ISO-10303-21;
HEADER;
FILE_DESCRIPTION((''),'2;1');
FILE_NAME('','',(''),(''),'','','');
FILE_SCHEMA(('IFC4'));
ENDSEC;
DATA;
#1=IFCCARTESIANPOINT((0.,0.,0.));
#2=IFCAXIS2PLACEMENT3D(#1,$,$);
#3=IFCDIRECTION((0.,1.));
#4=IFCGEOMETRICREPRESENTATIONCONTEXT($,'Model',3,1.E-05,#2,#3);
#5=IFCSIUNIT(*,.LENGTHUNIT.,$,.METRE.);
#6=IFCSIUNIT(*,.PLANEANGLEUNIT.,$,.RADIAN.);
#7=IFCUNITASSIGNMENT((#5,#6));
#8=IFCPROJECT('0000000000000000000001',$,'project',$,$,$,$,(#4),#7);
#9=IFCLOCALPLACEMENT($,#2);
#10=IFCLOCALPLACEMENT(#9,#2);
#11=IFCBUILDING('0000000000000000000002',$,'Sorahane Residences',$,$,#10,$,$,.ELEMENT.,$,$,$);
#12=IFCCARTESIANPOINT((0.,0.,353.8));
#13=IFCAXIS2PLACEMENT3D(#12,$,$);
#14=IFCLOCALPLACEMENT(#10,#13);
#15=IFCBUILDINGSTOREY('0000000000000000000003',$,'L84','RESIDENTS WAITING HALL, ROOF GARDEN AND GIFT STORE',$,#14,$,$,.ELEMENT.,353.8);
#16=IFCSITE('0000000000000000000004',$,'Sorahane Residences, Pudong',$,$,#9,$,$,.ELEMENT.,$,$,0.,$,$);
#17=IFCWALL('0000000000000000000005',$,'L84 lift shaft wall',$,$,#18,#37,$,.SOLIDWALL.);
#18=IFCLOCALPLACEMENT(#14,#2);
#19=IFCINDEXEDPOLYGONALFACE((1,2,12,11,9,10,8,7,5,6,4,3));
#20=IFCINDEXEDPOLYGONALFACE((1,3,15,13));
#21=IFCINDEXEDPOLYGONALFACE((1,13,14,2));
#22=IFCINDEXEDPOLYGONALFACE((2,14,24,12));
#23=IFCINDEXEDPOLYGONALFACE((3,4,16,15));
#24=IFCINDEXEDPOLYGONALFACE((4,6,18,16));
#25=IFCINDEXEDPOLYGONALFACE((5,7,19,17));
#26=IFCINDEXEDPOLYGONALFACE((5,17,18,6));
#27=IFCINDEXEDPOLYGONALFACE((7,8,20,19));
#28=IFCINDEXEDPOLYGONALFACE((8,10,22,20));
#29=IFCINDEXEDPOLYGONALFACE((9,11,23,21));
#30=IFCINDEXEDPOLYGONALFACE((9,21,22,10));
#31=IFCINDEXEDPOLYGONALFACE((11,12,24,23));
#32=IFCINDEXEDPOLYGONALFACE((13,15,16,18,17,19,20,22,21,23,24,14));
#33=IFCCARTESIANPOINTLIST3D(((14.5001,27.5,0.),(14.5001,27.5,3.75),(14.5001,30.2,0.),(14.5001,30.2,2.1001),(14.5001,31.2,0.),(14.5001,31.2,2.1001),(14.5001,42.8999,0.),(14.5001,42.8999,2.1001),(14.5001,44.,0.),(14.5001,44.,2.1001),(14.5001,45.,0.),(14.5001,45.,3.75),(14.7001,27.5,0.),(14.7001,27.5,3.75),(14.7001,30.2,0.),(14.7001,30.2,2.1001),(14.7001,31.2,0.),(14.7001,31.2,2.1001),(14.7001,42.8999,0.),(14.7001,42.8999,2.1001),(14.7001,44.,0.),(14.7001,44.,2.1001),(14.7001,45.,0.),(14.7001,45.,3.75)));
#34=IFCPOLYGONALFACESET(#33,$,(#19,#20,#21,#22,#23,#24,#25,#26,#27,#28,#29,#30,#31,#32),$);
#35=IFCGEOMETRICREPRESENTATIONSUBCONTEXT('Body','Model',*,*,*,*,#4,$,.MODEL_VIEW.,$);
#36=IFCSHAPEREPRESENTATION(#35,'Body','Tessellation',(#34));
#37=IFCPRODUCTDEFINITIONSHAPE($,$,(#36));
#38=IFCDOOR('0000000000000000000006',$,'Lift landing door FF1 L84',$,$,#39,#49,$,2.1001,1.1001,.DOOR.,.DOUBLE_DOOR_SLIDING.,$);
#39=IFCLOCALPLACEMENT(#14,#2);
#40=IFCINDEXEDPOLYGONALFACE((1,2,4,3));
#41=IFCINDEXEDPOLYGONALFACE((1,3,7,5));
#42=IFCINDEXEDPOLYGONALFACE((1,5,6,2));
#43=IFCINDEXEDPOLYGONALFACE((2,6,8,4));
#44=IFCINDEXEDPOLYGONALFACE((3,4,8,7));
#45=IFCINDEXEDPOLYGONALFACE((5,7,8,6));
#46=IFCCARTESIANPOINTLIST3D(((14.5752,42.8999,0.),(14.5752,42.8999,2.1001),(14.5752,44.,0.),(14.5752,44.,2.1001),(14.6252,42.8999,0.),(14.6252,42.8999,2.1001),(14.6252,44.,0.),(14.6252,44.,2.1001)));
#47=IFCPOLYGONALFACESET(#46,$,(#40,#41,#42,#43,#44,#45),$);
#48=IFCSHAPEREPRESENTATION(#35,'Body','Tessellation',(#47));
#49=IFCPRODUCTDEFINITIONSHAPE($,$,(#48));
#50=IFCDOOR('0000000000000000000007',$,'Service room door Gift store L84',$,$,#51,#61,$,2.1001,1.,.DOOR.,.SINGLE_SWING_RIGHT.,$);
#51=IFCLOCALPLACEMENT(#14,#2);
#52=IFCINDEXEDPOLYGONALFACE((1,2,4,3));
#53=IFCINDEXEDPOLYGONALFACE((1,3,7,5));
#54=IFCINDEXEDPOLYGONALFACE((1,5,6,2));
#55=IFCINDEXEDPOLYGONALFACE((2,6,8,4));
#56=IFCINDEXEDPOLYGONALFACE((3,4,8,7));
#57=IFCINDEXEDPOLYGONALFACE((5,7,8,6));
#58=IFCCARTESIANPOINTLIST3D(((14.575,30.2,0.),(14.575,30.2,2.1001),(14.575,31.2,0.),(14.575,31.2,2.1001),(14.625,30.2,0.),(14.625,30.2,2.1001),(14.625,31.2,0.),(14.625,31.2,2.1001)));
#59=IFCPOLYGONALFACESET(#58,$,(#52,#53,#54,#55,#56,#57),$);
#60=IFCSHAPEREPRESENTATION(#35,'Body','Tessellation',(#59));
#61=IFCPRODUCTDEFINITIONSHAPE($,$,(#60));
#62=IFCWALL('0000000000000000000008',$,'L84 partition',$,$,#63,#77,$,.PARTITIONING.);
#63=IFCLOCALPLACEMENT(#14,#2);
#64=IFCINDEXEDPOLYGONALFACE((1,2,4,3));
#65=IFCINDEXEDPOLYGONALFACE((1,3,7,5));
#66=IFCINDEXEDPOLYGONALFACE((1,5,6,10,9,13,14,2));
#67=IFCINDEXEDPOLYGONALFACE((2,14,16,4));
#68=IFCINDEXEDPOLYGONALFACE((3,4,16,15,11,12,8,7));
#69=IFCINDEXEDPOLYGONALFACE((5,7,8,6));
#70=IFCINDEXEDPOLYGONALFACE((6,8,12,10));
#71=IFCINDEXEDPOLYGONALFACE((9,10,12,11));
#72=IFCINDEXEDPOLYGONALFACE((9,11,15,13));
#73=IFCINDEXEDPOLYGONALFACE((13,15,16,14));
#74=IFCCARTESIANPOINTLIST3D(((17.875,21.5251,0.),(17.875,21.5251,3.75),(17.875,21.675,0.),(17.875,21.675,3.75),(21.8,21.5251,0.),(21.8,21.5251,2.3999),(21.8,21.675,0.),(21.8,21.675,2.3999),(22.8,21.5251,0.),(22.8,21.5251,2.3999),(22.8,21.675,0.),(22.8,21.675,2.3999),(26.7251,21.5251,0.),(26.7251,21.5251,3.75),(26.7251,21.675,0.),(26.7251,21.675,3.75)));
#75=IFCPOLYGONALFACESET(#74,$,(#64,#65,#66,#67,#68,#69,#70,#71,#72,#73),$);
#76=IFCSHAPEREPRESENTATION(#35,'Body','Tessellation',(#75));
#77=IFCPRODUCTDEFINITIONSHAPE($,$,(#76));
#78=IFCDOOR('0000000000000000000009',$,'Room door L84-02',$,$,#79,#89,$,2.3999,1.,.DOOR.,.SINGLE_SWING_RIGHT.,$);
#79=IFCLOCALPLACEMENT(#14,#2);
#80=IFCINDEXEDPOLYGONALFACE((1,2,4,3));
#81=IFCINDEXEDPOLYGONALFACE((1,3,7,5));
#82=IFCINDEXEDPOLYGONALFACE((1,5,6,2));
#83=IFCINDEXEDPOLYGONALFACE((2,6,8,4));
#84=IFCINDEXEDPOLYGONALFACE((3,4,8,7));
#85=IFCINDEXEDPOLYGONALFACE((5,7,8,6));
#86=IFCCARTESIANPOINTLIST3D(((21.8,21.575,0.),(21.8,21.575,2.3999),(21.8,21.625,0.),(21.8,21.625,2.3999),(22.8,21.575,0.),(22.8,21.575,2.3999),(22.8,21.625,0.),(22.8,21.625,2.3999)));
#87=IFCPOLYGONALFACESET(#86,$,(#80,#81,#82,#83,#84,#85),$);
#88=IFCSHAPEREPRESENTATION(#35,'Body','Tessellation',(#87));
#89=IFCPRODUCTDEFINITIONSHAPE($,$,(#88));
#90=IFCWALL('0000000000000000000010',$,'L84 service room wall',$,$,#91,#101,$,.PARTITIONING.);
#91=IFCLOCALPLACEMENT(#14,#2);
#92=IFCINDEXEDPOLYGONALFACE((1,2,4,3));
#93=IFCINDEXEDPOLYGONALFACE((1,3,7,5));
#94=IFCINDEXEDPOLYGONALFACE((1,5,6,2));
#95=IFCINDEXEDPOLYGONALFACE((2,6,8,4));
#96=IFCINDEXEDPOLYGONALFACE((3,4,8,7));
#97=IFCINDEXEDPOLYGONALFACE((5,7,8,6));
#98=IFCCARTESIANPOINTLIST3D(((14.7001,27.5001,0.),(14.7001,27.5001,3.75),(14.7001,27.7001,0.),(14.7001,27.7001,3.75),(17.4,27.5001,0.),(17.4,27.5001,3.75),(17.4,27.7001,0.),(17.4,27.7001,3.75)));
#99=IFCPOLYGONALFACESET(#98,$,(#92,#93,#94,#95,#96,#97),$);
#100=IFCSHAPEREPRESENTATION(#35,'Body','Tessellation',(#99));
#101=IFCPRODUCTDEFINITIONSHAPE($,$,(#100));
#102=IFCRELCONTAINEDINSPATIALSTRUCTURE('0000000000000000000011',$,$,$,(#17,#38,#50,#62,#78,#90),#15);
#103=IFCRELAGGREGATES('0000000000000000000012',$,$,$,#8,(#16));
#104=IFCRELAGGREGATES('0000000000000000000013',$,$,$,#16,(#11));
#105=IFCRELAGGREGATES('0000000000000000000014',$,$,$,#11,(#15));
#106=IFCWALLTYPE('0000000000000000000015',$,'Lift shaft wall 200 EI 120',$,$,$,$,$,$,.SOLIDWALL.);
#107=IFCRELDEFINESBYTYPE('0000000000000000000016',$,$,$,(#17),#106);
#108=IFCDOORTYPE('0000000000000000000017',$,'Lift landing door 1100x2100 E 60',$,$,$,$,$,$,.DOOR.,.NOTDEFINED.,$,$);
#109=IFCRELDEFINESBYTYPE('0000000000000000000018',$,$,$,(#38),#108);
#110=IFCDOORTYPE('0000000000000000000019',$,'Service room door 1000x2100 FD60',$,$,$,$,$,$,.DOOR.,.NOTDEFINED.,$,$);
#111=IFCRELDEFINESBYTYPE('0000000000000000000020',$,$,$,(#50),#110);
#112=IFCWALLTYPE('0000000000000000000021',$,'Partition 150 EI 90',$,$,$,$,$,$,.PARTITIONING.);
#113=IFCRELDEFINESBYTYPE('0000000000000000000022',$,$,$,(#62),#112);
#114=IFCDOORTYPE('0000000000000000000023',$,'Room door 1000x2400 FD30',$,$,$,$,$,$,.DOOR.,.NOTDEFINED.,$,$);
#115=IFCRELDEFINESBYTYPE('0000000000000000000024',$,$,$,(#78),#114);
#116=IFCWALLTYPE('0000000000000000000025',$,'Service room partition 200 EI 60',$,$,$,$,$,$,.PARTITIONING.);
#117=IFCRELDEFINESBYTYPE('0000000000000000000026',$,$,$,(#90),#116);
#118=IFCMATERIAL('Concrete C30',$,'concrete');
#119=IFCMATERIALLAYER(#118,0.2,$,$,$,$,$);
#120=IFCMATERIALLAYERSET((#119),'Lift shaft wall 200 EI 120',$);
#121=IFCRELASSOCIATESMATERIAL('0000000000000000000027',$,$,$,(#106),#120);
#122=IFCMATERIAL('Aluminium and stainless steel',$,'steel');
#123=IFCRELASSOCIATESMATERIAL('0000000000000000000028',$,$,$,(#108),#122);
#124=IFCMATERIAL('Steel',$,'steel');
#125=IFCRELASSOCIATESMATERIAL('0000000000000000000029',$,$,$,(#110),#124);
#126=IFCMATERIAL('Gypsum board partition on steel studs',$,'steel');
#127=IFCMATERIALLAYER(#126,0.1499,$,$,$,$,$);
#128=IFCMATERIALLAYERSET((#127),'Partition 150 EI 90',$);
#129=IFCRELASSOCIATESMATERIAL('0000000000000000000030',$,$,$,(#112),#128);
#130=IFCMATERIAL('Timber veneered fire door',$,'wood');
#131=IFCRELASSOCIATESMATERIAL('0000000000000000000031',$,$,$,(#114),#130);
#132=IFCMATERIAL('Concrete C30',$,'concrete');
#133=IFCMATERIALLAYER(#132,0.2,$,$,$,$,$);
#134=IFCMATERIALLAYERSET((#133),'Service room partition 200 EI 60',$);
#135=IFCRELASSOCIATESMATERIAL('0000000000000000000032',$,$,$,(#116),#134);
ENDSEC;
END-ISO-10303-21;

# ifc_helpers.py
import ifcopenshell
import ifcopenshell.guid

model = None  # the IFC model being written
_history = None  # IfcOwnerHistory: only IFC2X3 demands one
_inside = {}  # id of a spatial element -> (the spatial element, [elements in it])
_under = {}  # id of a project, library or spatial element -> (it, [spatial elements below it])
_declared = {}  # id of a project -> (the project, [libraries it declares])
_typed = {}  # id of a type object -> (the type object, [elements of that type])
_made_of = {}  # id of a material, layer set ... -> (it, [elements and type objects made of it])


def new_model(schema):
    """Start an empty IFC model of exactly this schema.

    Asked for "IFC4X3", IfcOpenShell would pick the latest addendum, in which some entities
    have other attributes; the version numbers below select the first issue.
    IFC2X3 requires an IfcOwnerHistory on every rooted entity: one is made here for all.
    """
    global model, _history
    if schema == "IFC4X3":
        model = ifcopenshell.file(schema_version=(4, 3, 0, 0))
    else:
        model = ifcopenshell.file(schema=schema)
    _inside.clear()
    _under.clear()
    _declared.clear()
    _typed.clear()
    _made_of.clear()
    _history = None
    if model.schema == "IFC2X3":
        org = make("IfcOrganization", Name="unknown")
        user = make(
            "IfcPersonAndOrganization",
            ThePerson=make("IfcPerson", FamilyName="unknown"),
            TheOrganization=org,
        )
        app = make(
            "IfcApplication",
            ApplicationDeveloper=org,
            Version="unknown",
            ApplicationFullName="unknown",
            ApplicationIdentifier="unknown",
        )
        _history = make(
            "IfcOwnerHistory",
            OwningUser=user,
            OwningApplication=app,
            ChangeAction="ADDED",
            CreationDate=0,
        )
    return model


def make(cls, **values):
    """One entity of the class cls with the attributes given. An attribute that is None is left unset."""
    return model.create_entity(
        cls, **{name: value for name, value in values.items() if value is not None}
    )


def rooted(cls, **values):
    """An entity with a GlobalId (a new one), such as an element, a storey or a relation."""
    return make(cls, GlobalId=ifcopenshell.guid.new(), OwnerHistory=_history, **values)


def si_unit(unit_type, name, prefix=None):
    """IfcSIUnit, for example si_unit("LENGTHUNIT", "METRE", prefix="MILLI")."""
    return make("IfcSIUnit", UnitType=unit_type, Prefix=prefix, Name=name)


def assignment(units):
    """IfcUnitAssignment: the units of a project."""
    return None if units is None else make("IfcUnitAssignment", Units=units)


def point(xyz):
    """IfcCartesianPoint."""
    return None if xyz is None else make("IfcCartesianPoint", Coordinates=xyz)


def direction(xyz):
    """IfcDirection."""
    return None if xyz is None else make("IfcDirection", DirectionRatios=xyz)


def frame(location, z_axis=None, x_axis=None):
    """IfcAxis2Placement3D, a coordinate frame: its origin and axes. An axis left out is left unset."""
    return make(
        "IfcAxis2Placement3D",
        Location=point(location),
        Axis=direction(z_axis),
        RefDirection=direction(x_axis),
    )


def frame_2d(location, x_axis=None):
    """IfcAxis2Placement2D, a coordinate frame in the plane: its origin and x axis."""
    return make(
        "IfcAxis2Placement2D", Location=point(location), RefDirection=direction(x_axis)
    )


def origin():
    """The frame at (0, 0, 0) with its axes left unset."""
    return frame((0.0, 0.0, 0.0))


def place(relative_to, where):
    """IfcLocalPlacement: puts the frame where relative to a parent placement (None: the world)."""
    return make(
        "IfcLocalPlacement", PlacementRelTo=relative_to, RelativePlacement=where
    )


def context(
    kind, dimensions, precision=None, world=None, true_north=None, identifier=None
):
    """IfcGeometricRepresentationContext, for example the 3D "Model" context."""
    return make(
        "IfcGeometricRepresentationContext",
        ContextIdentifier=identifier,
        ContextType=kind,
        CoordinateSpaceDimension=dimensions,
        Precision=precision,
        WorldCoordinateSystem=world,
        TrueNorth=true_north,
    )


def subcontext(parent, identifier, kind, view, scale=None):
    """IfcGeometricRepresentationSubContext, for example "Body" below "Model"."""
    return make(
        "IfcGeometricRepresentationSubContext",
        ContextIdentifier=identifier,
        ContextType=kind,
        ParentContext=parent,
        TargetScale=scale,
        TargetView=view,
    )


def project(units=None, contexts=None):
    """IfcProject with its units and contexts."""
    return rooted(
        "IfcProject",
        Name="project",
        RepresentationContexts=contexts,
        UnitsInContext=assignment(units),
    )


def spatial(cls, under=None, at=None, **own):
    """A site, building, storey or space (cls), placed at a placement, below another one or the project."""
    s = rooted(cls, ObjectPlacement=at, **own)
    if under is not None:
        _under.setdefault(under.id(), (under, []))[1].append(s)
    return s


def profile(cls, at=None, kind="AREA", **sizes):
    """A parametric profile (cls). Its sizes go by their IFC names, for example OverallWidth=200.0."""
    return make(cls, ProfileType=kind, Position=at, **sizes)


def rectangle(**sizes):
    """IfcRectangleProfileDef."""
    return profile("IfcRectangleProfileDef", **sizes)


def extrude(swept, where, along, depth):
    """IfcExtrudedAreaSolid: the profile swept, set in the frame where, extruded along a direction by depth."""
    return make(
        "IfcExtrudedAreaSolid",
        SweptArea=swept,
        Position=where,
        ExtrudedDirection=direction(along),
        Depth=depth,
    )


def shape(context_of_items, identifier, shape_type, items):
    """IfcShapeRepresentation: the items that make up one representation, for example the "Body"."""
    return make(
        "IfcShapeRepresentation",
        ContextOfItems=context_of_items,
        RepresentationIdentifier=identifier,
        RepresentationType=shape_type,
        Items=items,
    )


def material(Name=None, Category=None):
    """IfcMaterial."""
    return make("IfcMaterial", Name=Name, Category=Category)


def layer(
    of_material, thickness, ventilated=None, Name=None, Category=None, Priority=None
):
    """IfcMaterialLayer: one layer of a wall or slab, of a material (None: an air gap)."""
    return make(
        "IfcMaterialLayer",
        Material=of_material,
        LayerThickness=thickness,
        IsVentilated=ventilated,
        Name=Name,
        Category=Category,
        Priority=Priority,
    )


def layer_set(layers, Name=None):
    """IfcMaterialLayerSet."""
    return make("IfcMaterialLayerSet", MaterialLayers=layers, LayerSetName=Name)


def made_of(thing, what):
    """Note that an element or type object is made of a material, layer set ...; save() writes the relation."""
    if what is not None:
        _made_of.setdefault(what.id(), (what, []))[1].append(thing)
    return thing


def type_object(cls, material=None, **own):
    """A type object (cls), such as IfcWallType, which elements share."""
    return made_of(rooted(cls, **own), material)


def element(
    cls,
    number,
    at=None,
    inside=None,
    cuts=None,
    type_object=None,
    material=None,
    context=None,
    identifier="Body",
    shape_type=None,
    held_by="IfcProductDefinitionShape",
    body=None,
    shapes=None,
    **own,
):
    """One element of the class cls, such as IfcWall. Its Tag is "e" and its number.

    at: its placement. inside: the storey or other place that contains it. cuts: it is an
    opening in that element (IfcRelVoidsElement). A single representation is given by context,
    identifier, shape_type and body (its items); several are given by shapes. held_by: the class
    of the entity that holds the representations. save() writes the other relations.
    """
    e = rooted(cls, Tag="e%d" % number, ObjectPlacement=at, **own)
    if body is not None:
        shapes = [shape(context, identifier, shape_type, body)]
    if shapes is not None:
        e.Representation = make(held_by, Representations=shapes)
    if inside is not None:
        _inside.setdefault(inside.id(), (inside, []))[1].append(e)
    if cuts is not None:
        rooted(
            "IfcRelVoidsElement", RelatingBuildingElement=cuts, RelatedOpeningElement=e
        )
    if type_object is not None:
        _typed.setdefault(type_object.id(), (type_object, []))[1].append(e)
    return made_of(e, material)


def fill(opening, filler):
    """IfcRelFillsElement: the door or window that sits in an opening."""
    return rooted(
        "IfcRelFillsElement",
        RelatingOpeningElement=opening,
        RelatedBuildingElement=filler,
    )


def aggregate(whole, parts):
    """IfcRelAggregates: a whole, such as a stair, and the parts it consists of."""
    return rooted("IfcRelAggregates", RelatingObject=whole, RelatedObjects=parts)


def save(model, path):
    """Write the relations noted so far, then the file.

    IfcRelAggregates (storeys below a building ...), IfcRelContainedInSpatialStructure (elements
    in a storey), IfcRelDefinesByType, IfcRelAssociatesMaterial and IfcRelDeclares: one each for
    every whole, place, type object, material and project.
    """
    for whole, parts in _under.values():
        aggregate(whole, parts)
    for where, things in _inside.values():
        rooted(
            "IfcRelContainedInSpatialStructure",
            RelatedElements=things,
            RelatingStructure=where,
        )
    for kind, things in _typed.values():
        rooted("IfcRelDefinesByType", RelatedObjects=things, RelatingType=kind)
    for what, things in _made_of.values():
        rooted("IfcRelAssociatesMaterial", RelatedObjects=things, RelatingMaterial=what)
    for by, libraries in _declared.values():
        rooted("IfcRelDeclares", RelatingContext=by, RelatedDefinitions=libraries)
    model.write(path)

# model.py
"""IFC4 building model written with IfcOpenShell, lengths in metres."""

from ifc_helpers import new_model, si_unit, direction, frame, frame_2d, origin, place, context, subcontext, project, spatial, rectangle, extrude, material, layer, layer_set, type_object, element, fill, save


model = new_model("IFC4")

# Units and contexts
model_context = context("Model", 3, precision=1e-05, world=origin(), true_north=direction((0.0, 1.0)))
body_context = subcontext(model_context, "Body", "Model", "MODEL_VIEW")
ifc_project = project(units=[si_unit("LENGTHUNIT", "METRE"), si_unit("PLANEANGLEUNIT", "RADIAN")], contexts=[model_context])

# Site, building, storey
site_placement = place(None, origin())
site = spatial("IfcSite", under=ifc_project, at=site_placement, Name="Sorahane Residences, Pudong", CompositionType="ELEMENT", RefElevation=0.0)
building_placement = place(site_placement, origin())
building = spatial("IfcBuilding", under=site, at=building_placement, Name="Sorahane Residences", CompositionType="ELEMENT")
storey_placement = place(building_placement, frame((0.0, 0.0, 353.8)))
storey = spatial("IfcBuildingStorey", under=building, at=storey_placement, Name="L84", Description="RESIDENTS WAITING HALL, ROOF GARDEN AND GIFT STORE", CompositionType="ELEMENT", Elevation=353.8)

# Wall, openings, doors
ifc_material_1 = material(Name="Concrete C30", Category="concrete")
ifc_layer_1 = layer(ifc_material_1, 0.2)
ifc_layer_set_1 = layer_set([ifc_layer_1], Name="Lift shaft wall 200 EI 120")
wall_type_1 = type_object("IfcWallType", Name="Lift shaft wall 200 EI 120", PredefinedType="SOLIDWALL", material=ifc_layer_set_1)
wall_1_placement = place(storey_placement, frame((14.6001, 27.5, 0.0), z_axis=(0.0, 0.0, 1.0), x_axis=(0.0, 1.0, 0.0)))
wall_1 = element("IfcWall", 1, at=wall_1_placement, inside=storey, type_object=wall_type_1, Name="L84 lift shaft wall", PredefinedType="SOLIDWALL", context=body_context, shape_type="SweptSolid", body=[
    extrude(rectangle(XDim=17.5, YDim=0.2, at=frame_2d((8.75, 0.0))), origin(), (0.0, 0.0, 1.0), 3.75),
])
opening_1_placement = place(wall_1_placement, frame((15.3999, 0.0, 0.0)))
opening_1 = element("IfcOpeningElement", 2, at=opening_1_placement, cuts=wall_1, PredefinedType="OPENING", context=body_context, shape_type="SweptSolid", body=[
    extrude(rectangle(XDim=1.1001, YDim=2.1001, at=frame_2d((0.55, 1.05))), frame((0.0, 0.1099, 0.0), z_axis=(0.0, -1.0, 0.0), x_axis=(1.0, 0.0, 0.0)), (0.0, 0.0, 1.0), 0.22),
])
opening_2_placement = place(wall_1_placement, frame((2.7, 0.0, 0.0)))
opening_2 = element("IfcOpeningElement", 3, at=opening_2_placement, cuts=wall_1, PredefinedType="OPENING", context=body_context, shape_type="SweptSolid", body=[
    extrude(rectangle(XDim=1.0, YDim=2.1001, at=frame_2d((0.5, 1.05))), frame((0.0, 0.1099, 0.0), z_axis=(0.0, -1.0, 0.0), x_axis=(1.0, 0.0, 0.0)), (0.0, 0.0, 1.0), 0.22),
])
ifc_material_2 = material(Name="Aluminium and stainless steel", Category="steel")
door_type_1 = type_object("IfcDoorType", Name="Lift landing door 1100x2100 E 60", OperationType="NOTDEFINED", PredefinedType="DOOR", material=ifc_material_2)
door_1_placement = place(opening_1_placement, origin())
door_1 = element("IfcDoor", 4, at=door_1_placement, inside=storey, type_object=door_type_1, Name="Lift landing door FF1 L84", OperationType="DOUBLE_DOOR_SLIDING", OverallHeight=2.1001, OverallWidth=1.1001, PredefinedType="DOOR", context=body_context, shape_type="SweptSolid", body=[
    extrude(rectangle(XDim=1.1001, YDim=2.1001, at=frame_2d((0.55, 1.05))), frame((0.0, 0.0249, 0.0), z_axis=(0.0, -1.0, 0.0), x_axis=(1.0, 0.0, 0.0)), (0.0, 0.0, 1.0), 0.05),
])
fill(opening_1, door_1)
ifc_material_3 = material(Name="Steel", Category="steel")
door_type_2 = type_object("IfcDoorType", Name="Service room door 1000x2100 FD60", OperationType="NOTDEFINED", PredefinedType="DOOR", material=ifc_material_3)
door_2_placement = place(opening_2_placement, frame((1.0, 0.0, 0.0), z_axis=(0.0, 0.0, 1.0), x_axis=(-1.0, 0.0, 0.0)))
door_2 = element("IfcDoor", 5, at=door_2_placement, inside=storey, type_object=door_type_2, Name="Service room door Gift store L84", OperationType="SINGLE_SWING_RIGHT", OverallHeight=2.1001, OverallWidth=1.0, PredefinedType="DOOR", context=body_context, shape_type="SweptSolid", body=[
    extrude(rectangle(XDim=1.0, YDim=2.1001, at=frame_2d((0.5, 1.05))), frame((0.0, 0.0249, 0.0), z_axis=(0.0, -1.0, 0.0), x_axis=(1.0, 0.0, 0.0)), (0.0, 0.0, 1.0), 0.05),
])
fill(opening_2, door_2)

# Wall, opening, door
ifc_material_4 = material(Name="Gypsum board partition on steel studs", Category="steel")
ifc_layer_2 = layer(ifc_material_4, 0.1499)
ifc_layer_set_2 = layer_set([ifc_layer_2], Name="Partition 150 EI 90")
wall_type_2 = type_object("IfcWallType", Name="Partition 150 EI 90", PredefinedType="PARTITIONING", material=ifc_layer_set_2)
wall_2_placement = place(storey_placement, frame((17.875, 21.6001, 0.0), z_axis=(0.0, 0.0, 1.0), x_axis=(1.0, 0.0, 0.0)))
wall_2 = element("IfcWall", 6, at=wall_2_placement, inside=storey, type_object=wall_type_2, Name="L84 partition", PredefinedType="PARTITIONING", context=body_context, shape_type="SweptSolid", body=[
    extrude(rectangle(XDim=8.8501, YDim=0.1499, at=frame_2d((4.425, 0.0))), origin(), (0.0, 0.0, 1.0), 3.75),
])
opening_3_placement = place(wall_2_placement, frame((3.925, 0.0, 0.0)))
opening_3 = element("IfcOpeningElement", 7, at=opening_3_placement, cuts=wall_2, PredefinedType="OPENING", context=body_context, shape_type="SweptSolid", body=[
    extrude(rectangle(XDim=1.0, YDim=2.3999, at=frame_2d((0.5, 1.2))), frame((0.0, 0.085, 0.0), z_axis=(0.0, -1.0, 0.0), x_axis=(1.0, 0.0, 0.0)), (0.0, 0.0, 1.0), 0.1699),
])
ifc_material_5 = material(Name="Timber veneered fire door", Category="wood")
door_type_3 = type_object("IfcDoorType", Name="Room door 1000x2400 FD30", OperationType="NOTDEFINED", PredefinedType="DOOR", material=ifc_material_5)
door_3_placement = place(opening_3_placement, origin())
door_3 = element("IfcDoor", 8, at=door_3_placement, inside=storey, type_object=door_type_3, Name="Room door L84-02", OperationType="SINGLE_SWING_RIGHT", OverallHeight=2.3999, OverallWidth=1.0, PredefinedType="DOOR", context=body_context, shape_type="SweptSolid", body=[
    extrude(rectangle(XDim=1.0, YDim=2.3999, at=frame_2d((0.5, 1.2))), frame((0.0, 0.0249, 0.0), z_axis=(0.0, -1.0, 0.0), x_axis=(1.0, 0.0, 0.0)), (0.0, 0.0, 1.0), 0.05),
])
fill(opening_3, door_3)

# Wall
ifc_material_6 = material(Name="Concrete C30", Category="concrete")
ifc_layer_3 = layer(ifc_material_6, 0.2)
ifc_layer_set_3 = layer_set([ifc_layer_3], Name="Service room partition 200 EI 60")
wall_type_3 = type_object("IfcWallType", Name="Service room partition 200 EI 60", PredefinedType="PARTITIONING", material=ifc_layer_set_3)
wall_3_placement = place(storey_placement, frame((14.7, 27.6001, 0.0), z_axis=(0.0, 0.0, 1.0), x_axis=(1.0, 0.0, 0.0)))
element("IfcWall", 9, at=wall_3_placement, inside=storey, type_object=wall_type_3, Name="L84 service room wall", PredefinedType="PARTITIONING", context=body_context, shape_type="SweptSolid", body=[
    extrude(rectangle(XDim=2.7, YDim=0.2, at=frame_2d((1.3501, 0.0))), origin(), (0.0, 0.0, 1.0), 3.75),
])

save(model, "model.ifc")
